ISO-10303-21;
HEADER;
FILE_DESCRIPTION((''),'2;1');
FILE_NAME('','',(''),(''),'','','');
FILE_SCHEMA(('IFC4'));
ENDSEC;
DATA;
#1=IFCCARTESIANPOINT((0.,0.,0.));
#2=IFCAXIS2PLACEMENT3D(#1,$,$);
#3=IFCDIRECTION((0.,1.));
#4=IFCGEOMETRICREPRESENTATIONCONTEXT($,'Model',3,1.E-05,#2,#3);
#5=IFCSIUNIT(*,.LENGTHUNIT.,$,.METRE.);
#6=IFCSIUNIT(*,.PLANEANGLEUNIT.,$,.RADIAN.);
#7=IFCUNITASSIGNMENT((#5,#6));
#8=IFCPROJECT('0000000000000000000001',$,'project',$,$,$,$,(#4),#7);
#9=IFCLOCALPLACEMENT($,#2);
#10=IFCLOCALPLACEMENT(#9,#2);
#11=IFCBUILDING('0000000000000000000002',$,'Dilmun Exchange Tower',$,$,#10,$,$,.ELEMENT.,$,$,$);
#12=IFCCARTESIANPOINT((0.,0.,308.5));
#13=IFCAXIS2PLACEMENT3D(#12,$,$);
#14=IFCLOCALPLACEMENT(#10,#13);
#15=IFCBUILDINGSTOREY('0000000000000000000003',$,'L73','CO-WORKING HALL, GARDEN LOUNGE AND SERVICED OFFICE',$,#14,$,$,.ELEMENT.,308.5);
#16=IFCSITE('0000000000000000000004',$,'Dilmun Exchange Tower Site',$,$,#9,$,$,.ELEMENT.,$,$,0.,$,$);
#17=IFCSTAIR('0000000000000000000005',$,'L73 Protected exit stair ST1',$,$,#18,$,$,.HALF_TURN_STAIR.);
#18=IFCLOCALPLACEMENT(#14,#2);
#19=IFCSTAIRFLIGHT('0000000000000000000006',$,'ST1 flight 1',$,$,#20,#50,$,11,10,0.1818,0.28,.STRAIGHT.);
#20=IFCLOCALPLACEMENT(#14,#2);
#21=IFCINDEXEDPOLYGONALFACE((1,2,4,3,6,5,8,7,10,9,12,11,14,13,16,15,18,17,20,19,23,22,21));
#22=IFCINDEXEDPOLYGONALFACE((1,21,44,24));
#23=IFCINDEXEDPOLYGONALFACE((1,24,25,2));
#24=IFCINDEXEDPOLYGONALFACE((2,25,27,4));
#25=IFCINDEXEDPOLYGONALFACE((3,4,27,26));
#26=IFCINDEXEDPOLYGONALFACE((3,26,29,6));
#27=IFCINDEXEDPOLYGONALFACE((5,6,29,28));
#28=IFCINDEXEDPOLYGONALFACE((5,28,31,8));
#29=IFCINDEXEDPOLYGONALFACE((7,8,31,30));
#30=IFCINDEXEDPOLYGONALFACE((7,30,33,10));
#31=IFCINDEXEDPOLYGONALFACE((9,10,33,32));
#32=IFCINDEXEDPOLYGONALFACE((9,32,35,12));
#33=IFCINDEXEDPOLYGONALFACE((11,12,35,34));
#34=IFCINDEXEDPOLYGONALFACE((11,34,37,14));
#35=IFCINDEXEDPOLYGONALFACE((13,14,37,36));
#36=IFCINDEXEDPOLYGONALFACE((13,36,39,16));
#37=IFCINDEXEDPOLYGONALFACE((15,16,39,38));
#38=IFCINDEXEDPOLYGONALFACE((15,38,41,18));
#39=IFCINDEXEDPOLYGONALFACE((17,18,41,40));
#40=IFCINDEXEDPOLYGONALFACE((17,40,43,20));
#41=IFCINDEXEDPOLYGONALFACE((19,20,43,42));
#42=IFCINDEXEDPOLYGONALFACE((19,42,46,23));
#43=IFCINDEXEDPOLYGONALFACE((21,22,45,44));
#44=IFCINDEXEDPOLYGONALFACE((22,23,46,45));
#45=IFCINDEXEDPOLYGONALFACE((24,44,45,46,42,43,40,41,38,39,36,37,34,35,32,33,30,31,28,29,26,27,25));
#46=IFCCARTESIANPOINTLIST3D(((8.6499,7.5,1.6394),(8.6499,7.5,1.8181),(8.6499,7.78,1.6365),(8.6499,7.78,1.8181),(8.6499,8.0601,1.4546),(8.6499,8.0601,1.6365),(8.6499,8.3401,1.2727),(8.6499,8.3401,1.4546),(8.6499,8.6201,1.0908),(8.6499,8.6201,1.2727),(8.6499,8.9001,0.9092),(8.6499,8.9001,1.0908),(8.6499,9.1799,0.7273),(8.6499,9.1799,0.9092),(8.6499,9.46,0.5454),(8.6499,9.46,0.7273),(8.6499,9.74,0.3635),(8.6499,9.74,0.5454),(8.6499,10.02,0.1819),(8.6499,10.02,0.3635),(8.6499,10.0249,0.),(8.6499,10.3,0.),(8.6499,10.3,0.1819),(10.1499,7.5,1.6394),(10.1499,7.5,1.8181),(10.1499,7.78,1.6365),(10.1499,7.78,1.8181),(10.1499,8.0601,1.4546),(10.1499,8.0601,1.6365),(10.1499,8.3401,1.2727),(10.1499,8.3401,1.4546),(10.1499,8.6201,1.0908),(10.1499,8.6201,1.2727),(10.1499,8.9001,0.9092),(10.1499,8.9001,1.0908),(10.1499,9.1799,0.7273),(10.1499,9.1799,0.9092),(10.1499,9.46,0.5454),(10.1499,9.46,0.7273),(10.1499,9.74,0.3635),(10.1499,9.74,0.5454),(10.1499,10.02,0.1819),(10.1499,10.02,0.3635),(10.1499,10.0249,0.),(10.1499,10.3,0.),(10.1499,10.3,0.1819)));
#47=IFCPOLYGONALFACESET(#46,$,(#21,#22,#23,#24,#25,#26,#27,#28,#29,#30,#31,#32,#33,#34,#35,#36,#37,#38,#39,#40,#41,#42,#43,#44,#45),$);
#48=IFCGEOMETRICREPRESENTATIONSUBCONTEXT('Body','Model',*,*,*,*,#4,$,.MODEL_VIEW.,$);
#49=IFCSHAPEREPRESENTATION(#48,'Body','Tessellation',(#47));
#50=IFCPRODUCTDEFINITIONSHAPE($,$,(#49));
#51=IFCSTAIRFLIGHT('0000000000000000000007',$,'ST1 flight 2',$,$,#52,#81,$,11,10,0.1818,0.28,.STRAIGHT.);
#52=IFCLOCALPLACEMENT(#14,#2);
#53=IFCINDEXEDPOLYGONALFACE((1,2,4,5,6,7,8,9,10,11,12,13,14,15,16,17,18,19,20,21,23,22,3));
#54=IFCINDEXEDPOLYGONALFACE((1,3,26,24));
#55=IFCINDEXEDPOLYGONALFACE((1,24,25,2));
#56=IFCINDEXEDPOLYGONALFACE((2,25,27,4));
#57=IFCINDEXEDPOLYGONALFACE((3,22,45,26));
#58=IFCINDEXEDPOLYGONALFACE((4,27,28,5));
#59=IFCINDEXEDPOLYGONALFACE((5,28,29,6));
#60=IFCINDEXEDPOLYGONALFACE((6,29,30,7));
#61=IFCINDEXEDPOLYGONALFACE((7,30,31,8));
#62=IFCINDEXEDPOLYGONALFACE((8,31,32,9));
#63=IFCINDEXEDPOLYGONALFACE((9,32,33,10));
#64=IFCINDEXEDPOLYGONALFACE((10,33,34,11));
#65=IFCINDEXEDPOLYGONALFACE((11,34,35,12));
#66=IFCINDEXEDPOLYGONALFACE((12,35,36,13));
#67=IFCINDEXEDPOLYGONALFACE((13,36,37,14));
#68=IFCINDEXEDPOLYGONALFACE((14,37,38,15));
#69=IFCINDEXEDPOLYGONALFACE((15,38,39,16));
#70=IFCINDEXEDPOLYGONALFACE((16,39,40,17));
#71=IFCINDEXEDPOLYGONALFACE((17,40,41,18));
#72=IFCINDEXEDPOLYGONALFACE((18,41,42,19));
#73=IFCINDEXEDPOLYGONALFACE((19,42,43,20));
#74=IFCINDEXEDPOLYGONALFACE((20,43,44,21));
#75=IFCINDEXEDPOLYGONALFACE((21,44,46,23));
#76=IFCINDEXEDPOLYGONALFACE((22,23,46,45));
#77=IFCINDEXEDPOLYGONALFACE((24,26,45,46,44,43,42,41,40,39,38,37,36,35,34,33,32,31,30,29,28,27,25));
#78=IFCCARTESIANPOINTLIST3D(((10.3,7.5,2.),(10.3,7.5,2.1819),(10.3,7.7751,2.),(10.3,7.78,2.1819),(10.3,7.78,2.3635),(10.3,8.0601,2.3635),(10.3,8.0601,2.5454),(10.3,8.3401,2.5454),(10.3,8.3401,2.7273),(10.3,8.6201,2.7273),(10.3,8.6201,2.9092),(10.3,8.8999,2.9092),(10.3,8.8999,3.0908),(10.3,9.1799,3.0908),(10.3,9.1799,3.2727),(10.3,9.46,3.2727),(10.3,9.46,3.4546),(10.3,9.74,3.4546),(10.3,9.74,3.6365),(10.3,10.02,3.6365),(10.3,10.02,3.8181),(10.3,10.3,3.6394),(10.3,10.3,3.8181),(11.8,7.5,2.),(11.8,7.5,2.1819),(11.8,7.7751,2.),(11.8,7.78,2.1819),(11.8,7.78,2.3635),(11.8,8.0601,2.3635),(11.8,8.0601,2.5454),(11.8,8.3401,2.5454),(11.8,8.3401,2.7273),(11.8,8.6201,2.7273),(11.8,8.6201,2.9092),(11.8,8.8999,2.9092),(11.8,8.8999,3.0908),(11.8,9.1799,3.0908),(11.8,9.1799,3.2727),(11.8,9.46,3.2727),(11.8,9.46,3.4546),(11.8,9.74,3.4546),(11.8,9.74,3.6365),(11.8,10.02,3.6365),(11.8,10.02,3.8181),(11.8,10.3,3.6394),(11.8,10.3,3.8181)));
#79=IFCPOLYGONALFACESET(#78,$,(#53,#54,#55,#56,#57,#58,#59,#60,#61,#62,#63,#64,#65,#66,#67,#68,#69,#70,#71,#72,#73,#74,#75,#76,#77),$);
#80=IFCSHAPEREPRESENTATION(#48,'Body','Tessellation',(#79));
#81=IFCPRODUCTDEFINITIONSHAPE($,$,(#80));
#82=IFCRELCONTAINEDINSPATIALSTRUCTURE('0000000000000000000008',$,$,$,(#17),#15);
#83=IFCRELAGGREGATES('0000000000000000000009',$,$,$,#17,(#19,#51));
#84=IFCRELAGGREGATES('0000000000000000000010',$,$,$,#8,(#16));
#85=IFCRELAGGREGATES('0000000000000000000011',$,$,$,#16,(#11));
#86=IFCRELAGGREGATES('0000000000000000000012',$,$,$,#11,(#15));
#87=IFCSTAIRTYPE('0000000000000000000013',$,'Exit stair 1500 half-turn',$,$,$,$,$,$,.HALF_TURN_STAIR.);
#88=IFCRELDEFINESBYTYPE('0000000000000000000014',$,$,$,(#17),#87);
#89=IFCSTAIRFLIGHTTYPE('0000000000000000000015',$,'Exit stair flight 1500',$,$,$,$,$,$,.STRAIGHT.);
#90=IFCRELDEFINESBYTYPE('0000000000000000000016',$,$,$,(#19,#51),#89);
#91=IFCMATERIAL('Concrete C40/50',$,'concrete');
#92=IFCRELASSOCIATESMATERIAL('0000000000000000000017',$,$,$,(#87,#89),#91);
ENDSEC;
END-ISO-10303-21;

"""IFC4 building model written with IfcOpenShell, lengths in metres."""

from ifc_helpers import new_model, si_unit, direction, frame, origin, place, context, subcontext, project, spatial, polyline, outline, extrude, material, type_object, element, aggregate, save


model = new_model("IFC4")

# Units and contexts
model_context = context("Model", 3, precision=1e-05, world=origin(), true_north=direction((0.0, 1.0)))
body_context = subcontext(model_context, "Body", "Model", "MODEL_VIEW")
ifc_project = project(units=[si_unit("LENGTHUNIT", "METRE"), si_unit("PLANEANGLEUNIT", "RADIAN")], contexts=[model_context])

# Site, building, storey
site_placement = place(None, origin())
site = spatial("IfcSite", under=ifc_project, at=site_placement, Name="Dilmun Exchange Tower Site", CompositionType="ELEMENT", RefElevation=0.0)
building_placement = place(site_placement, origin())
building = spatial("IfcBuilding", under=site, at=building_placement, Name="Dilmun Exchange Tower", CompositionType="ELEMENT")
storey_placement = place(building_placement, frame((0.0, 0.0, 308.5)))
storey = spatial("IfcBuildingStorey", under=building, at=storey_placement, Name="L73", Description="CO-WORKING HALL, GARDEN LOUNGE AND SERVICED OFFICE", CompositionType="ELEMENT", Elevation=308.5)

# Shared definitions
ifc_material_1 = material(Name="Concrete C40/50", Category="concrete")

# Stair, stair flights
stair_type = type_object("IfcStairType", Name="Exit stair 1500 half-turn", PredefinedType="HALF_TURN_STAIR", material=ifc_material_1)
stair_placement = place(storey_placement, origin())
stair = element("IfcStair", 1, at=stair_placement, inside=storey, type_object=stair_type, Name="L73 Protected exit stair ST1", PredefinedType="HALF_TURN_STAIR")
stair_flight_type = type_object("IfcStairFlightType", Name="Exit stair flight 1500", PredefinedType="STRAIGHT", material=ifc_material_1)
stair_flight_1_placement = place(storey_placement, frame((9.3999, 10.3, 0.0), z_axis=(0.0, 0.0, 1.0), x_axis=(0.0, -1.0, 0.0)))
stair_flight_1 = element("IfcStairFlight", 2, at=stair_flight_1_placement, type_object=stair_flight_type, Name="ST1 flight 1", NumberOfRisers=11, NumberOfTreads=10, PredefinedType="STRAIGHT", RiserHeight=0.1818, TreadLength=0.28, context=body_context, shape_type="SweptSolid", body=[
    extrude(outline(polyline([(0.0, 0.0), (0.0, 0.1819), (0.28, 0.1819), (0.28, 0.3635), (0.5601, 0.3635), (0.5601, 0.5454), (0.8401, 0.5454), (0.8401, 0.7273), (1.1201, 0.7273), (1.1201, 0.9092), (1.3999, 0.9092), (1.3999, 1.0908), (1.6799, 1.0908), (1.6799, 1.2727), (1.96, 1.2727), (1.96, 1.4546), (2.24, 1.4546), (2.24, 1.6365), (2.52, 1.6365), (2.52, 1.8181), (2.8, 1.8181), (2.8, 2.0), (2.8, 1.6394), (0.2751, 0.0), (0.0, 0.0)])), frame((0.0, 0.75, 0.0), z_axis=(0.0, -1.0, 0.0), x_axis=(1.0, 0.0, 0.0)), (0.0, 0.0, 1.0), 1.5),
])
stair_flight_2_placement = place(storey_placement, frame((11.05, 7.5, 2.0), z_axis=(0.0, 0.0, 1.0), x_axis=(0.0, 1.0, 0.0)))
stair_flight_2 = element("IfcStairFlight", 3, at=stair_flight_2_placement, type_object=stair_flight_type, Name="ST1 flight 2", NumberOfRisers=11, NumberOfTreads=10, PredefinedType="STRAIGHT", RiserHeight=0.1818, TreadLength=0.28, context=body_context, shape_type="SweptSolid", body=[
    extrude(outline(polyline([(0.0, 0.0), (0.0, 0.1819), (0.28, 0.1819), (0.28, 0.3635), (0.5601, 0.3635), (0.5601, 0.5454), (0.8401, 0.5454), (0.8401, 0.7273), (1.1201, 0.7273), (1.1201, 0.9092), (1.3999, 0.9092), (1.3999, 1.0908), (1.6799, 1.0908), (1.6799, 1.2727), (1.96, 1.2727), (1.96, 1.4546), (2.24, 1.4546), (2.24, 1.6365), (2.52, 1.6365), (2.52, 1.8181), (2.8, 1.8181), (2.8, 2.0), (2.8, 1.6394), (0.2751, 0.0), (0.0, 0.0)])), frame((0.0, 0.75, 0.0), z_axis=(0.0, -1.0, 0.0), x_axis=(1.0, 0.0, 0.0)), (0.0, 0.0, 1.0), 1.5),
])
aggregate(stair, [stair_flight_1, stair_flight_2])

save(model, "model.ifc")
